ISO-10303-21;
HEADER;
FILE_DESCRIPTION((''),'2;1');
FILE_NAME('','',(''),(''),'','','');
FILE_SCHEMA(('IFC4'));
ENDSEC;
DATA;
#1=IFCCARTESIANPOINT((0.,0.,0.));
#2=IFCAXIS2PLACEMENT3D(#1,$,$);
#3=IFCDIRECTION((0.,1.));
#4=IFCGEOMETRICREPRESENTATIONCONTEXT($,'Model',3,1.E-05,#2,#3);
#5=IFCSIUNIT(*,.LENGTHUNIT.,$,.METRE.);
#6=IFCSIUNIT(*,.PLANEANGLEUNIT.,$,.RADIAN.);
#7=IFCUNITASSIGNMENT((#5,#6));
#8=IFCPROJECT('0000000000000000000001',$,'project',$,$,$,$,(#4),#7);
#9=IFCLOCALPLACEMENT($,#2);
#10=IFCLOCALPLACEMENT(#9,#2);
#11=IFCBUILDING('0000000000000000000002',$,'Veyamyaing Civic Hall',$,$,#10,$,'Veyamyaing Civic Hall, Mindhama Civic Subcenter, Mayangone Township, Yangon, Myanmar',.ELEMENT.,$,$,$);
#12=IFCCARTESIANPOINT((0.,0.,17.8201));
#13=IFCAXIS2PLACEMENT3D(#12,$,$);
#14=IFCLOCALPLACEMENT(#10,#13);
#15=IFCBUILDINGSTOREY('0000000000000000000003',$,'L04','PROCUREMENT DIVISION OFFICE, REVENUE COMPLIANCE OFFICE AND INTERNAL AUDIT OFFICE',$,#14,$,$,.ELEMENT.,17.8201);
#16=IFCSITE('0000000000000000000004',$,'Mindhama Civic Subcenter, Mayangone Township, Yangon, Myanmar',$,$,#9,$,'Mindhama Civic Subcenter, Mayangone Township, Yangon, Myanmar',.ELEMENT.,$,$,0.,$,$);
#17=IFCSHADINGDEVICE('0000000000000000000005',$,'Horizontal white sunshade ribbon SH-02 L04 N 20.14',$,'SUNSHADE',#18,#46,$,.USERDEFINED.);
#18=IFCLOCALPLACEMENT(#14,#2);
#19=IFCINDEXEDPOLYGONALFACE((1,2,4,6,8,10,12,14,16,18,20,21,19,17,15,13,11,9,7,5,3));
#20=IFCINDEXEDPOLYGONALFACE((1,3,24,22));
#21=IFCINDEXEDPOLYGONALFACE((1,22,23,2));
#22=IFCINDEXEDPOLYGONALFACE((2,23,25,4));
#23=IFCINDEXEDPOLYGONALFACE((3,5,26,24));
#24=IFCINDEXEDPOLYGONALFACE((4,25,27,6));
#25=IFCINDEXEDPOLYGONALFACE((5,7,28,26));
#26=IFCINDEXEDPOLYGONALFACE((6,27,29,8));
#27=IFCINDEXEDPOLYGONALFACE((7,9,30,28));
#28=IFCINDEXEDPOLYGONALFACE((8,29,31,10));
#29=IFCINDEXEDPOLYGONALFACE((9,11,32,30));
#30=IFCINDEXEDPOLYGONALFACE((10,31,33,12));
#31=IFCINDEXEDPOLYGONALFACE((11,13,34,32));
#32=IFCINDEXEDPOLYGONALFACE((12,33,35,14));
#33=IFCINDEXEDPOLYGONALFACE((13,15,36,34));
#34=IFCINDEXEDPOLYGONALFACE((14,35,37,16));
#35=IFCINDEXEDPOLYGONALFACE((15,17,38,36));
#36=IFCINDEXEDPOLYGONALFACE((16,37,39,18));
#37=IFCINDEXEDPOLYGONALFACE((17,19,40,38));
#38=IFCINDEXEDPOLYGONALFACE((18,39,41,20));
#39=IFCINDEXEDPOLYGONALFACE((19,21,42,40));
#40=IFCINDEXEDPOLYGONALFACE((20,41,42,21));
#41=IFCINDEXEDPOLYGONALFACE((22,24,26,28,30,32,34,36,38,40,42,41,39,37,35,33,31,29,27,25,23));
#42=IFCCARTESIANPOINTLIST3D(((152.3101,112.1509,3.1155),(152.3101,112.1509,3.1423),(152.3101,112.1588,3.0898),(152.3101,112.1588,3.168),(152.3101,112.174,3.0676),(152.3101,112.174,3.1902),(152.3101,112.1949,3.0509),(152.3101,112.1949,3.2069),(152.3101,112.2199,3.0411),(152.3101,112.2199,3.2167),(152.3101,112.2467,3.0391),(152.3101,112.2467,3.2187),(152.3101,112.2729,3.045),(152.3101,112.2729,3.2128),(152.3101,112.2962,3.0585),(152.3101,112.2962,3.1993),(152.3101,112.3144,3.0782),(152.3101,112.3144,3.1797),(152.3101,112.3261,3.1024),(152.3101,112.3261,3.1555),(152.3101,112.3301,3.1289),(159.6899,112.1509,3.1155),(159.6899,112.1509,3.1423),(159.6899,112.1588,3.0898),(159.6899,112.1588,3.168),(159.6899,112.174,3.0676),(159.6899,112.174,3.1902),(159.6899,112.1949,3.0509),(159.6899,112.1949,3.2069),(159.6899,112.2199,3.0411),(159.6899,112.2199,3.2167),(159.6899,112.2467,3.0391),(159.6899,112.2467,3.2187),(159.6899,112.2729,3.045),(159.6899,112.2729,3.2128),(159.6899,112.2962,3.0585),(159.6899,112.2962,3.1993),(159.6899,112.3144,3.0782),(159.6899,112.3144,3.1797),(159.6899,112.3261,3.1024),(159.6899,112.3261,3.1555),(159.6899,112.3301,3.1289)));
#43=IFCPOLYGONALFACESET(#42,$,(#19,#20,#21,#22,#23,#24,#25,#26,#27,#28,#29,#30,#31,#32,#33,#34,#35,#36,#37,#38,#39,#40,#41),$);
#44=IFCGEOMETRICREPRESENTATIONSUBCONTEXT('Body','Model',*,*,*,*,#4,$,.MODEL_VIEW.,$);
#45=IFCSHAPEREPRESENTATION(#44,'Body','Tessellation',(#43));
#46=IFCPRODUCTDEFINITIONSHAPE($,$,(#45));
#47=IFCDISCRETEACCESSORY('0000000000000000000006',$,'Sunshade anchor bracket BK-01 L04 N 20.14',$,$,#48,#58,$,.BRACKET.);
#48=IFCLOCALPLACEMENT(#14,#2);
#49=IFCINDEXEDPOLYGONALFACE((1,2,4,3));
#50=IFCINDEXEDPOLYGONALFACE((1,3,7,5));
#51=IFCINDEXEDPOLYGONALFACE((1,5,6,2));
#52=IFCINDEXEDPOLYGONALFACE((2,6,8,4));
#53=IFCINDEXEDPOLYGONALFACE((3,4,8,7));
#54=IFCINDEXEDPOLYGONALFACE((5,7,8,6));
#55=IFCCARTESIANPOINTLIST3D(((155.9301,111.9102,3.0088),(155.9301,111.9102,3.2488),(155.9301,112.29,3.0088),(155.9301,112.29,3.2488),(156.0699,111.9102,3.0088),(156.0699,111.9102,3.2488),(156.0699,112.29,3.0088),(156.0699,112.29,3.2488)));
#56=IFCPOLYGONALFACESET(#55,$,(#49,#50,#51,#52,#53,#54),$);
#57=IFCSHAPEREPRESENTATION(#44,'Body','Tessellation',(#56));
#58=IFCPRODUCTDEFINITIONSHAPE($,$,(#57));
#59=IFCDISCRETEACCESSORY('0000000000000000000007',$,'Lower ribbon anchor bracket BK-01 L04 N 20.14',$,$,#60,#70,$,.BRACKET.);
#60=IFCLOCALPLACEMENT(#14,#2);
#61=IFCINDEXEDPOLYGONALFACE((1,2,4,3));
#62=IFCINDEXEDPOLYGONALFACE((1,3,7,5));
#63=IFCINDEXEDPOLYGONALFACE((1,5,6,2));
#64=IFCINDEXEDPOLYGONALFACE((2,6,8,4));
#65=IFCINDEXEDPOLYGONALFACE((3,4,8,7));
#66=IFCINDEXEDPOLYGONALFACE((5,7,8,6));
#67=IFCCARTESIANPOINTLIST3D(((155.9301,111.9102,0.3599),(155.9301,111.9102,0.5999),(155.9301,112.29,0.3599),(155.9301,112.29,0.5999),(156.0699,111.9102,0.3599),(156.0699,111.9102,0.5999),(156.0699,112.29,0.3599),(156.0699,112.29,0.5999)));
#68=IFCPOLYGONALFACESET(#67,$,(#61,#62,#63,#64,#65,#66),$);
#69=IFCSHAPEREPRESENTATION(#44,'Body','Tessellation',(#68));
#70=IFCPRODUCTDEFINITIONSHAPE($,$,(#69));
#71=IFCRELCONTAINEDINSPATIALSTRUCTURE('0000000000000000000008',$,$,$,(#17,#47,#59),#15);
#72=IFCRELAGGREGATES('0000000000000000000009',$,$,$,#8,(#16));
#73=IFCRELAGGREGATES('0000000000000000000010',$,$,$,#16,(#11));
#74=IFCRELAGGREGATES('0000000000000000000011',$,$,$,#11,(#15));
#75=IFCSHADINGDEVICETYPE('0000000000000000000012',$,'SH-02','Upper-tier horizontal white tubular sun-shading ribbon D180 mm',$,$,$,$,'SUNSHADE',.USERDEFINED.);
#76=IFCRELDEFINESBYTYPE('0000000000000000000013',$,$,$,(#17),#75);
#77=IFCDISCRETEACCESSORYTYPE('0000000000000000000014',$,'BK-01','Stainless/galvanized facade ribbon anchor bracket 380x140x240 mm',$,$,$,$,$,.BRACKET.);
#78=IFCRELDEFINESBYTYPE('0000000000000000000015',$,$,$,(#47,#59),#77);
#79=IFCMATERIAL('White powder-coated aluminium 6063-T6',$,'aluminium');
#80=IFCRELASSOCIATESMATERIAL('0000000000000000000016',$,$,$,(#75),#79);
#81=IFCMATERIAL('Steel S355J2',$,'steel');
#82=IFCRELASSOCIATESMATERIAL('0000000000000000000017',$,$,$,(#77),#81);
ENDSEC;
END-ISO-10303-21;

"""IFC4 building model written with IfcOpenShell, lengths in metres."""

from ifc_helpers import new_model, si_unit, direction, frame, origin, origin_2d, place, context, subcontext, project, spatial, rectangle, circle, extrude, material, material_profile, profile_set, type_object, element, save


model = new_model("IFC4")

# Units and contexts
model_context = context("Model", 3, precision=1e-05, world=origin(), true_north=direction((0.0, 1.0)))
body_context = subcontext(model_context, "Body", "Model", "MODEL_VIEW")
ifc_project = project(units=[si_unit("LENGTHUNIT", "METRE"), si_unit("PLANEANGLEUNIT", "RADIAN")], contexts=[model_context])

# Site, building, storey
site_placement = place(None, origin())
site = spatial("IfcSite", under=ifc_project, at=site_placement, Name="Mindhama Civic Subcenter, Mayangone Township, Yangon, Myanmar", LongName="Mindhama Civic Subcenter, Mayangone Township, Yangon, Myanmar", CompositionType="ELEMENT", RefElevation=0.0)
building_placement = place(site_placement, origin())
building = spatial("IfcBuilding", under=site, at=building_placement, Name="Veyamyaing Civic Hall", LongName="Veyamyaing Civic Hall, Mindhama Civic Subcenter, Mayangone Township, Yangon, Myanmar", CompositionType="ELEMENT")
storey_placement = place(building_placement, frame((0.0, 0.0, 17.8201)))
storey = spatial("IfcBuildingStorey", under=building, at=storey_placement, Name="L04", Description="PROCUREMENT DIVISION OFFICE, REVENUE COMPLIANCE OFFICE AND INTERNAL AUDIT OFFICE", CompositionType="ELEMENT", Elevation=17.8201)

# Shared definitions
ifc_material_1 = material(Name="White powder-coated aluminium 6063-T6", Category="aluminium")

# Shading device
ifc_material_profile_1 = material_profile(ifc_material_1, circle(Radius=0.0901, at=origin_2d()), Name="SHADE-TUBE-180")
ifc_profile_set_1 = profile_set([ifc_material_profile_1], Name="White powder-coated aluminium 6063-T6")
shading_device_type = type_object("IfcShadingDeviceType", Name="SH-02", Description="Upper-tier horizontal white tubular sun-shading ribbon D180 mm", ElementType="SUNSHADE", PredefinedType="USERDEFINED", material=ifc_profile_set_1)
shading_device_placement = place(storey_placement, frame((152.3101, 112.24, 3.1289), z_axis=(1.0, 0.0, 0.0), x_axis=(0.0, 1.0, 0.0)))
element("IfcShadingDevice", 1, at=shading_device_placement, inside=storey, type_object=shading_device_type, Name="Horizontal white sunshade ribbon SH-02 L04 N 20.14", ObjectType="SUNSHADE", PredefinedType="USERDEFINED", context=body_context, shape_type="SweptSolid", body=[
    extrude(circle(Radius=0.0901, at=origin_2d()), origin(), (0.0, 0.0, 1.0), 7.3799),
])

# Discrete accessories
ifc_material_2 = material(Name="Steel S355J2", Category="steel")
discrete_accessory_type = type_object("IfcDiscreteAccessoryType", Name="BK-01", Description="Stainless/galvanized facade ribbon anchor bracket 380x140x240 mm", PredefinedType="BRACKET", material=ifc_material_2)
for number, where, z_axis, x_axis, name in (
    (2, (156.0, 112.1001, 3.0088), (0.0, 0.0, 1.0), (0.0, 1.0, 0.0), "Sunshade anchor bracket BK-01 L04 N 20.14"),
    (3, (156.0, 112.1001, 0.3599), (0.0, 0.0, 1.0), (0.0, 1.0, 0.0), "Lower ribbon anchor bracket BK-01 L04 N 20.14"),
):
    element("IfcDiscreteAccessory", number, at=place(storey_placement, frame(where, z_axis=z_axis, x_axis=x_axis)), inside=storey, type_object=discrete_accessory_type, Name=name, PredefinedType="BRACKET", context=body_context, shape_type="SweptSolid", body=[
        extrude(rectangle(XDim=0.3799, YDim=0.1399, at=origin_2d()), origin(), (0.0, 0.0, 1.0), 0.24),
    ])

save(model, "model.ifc")
